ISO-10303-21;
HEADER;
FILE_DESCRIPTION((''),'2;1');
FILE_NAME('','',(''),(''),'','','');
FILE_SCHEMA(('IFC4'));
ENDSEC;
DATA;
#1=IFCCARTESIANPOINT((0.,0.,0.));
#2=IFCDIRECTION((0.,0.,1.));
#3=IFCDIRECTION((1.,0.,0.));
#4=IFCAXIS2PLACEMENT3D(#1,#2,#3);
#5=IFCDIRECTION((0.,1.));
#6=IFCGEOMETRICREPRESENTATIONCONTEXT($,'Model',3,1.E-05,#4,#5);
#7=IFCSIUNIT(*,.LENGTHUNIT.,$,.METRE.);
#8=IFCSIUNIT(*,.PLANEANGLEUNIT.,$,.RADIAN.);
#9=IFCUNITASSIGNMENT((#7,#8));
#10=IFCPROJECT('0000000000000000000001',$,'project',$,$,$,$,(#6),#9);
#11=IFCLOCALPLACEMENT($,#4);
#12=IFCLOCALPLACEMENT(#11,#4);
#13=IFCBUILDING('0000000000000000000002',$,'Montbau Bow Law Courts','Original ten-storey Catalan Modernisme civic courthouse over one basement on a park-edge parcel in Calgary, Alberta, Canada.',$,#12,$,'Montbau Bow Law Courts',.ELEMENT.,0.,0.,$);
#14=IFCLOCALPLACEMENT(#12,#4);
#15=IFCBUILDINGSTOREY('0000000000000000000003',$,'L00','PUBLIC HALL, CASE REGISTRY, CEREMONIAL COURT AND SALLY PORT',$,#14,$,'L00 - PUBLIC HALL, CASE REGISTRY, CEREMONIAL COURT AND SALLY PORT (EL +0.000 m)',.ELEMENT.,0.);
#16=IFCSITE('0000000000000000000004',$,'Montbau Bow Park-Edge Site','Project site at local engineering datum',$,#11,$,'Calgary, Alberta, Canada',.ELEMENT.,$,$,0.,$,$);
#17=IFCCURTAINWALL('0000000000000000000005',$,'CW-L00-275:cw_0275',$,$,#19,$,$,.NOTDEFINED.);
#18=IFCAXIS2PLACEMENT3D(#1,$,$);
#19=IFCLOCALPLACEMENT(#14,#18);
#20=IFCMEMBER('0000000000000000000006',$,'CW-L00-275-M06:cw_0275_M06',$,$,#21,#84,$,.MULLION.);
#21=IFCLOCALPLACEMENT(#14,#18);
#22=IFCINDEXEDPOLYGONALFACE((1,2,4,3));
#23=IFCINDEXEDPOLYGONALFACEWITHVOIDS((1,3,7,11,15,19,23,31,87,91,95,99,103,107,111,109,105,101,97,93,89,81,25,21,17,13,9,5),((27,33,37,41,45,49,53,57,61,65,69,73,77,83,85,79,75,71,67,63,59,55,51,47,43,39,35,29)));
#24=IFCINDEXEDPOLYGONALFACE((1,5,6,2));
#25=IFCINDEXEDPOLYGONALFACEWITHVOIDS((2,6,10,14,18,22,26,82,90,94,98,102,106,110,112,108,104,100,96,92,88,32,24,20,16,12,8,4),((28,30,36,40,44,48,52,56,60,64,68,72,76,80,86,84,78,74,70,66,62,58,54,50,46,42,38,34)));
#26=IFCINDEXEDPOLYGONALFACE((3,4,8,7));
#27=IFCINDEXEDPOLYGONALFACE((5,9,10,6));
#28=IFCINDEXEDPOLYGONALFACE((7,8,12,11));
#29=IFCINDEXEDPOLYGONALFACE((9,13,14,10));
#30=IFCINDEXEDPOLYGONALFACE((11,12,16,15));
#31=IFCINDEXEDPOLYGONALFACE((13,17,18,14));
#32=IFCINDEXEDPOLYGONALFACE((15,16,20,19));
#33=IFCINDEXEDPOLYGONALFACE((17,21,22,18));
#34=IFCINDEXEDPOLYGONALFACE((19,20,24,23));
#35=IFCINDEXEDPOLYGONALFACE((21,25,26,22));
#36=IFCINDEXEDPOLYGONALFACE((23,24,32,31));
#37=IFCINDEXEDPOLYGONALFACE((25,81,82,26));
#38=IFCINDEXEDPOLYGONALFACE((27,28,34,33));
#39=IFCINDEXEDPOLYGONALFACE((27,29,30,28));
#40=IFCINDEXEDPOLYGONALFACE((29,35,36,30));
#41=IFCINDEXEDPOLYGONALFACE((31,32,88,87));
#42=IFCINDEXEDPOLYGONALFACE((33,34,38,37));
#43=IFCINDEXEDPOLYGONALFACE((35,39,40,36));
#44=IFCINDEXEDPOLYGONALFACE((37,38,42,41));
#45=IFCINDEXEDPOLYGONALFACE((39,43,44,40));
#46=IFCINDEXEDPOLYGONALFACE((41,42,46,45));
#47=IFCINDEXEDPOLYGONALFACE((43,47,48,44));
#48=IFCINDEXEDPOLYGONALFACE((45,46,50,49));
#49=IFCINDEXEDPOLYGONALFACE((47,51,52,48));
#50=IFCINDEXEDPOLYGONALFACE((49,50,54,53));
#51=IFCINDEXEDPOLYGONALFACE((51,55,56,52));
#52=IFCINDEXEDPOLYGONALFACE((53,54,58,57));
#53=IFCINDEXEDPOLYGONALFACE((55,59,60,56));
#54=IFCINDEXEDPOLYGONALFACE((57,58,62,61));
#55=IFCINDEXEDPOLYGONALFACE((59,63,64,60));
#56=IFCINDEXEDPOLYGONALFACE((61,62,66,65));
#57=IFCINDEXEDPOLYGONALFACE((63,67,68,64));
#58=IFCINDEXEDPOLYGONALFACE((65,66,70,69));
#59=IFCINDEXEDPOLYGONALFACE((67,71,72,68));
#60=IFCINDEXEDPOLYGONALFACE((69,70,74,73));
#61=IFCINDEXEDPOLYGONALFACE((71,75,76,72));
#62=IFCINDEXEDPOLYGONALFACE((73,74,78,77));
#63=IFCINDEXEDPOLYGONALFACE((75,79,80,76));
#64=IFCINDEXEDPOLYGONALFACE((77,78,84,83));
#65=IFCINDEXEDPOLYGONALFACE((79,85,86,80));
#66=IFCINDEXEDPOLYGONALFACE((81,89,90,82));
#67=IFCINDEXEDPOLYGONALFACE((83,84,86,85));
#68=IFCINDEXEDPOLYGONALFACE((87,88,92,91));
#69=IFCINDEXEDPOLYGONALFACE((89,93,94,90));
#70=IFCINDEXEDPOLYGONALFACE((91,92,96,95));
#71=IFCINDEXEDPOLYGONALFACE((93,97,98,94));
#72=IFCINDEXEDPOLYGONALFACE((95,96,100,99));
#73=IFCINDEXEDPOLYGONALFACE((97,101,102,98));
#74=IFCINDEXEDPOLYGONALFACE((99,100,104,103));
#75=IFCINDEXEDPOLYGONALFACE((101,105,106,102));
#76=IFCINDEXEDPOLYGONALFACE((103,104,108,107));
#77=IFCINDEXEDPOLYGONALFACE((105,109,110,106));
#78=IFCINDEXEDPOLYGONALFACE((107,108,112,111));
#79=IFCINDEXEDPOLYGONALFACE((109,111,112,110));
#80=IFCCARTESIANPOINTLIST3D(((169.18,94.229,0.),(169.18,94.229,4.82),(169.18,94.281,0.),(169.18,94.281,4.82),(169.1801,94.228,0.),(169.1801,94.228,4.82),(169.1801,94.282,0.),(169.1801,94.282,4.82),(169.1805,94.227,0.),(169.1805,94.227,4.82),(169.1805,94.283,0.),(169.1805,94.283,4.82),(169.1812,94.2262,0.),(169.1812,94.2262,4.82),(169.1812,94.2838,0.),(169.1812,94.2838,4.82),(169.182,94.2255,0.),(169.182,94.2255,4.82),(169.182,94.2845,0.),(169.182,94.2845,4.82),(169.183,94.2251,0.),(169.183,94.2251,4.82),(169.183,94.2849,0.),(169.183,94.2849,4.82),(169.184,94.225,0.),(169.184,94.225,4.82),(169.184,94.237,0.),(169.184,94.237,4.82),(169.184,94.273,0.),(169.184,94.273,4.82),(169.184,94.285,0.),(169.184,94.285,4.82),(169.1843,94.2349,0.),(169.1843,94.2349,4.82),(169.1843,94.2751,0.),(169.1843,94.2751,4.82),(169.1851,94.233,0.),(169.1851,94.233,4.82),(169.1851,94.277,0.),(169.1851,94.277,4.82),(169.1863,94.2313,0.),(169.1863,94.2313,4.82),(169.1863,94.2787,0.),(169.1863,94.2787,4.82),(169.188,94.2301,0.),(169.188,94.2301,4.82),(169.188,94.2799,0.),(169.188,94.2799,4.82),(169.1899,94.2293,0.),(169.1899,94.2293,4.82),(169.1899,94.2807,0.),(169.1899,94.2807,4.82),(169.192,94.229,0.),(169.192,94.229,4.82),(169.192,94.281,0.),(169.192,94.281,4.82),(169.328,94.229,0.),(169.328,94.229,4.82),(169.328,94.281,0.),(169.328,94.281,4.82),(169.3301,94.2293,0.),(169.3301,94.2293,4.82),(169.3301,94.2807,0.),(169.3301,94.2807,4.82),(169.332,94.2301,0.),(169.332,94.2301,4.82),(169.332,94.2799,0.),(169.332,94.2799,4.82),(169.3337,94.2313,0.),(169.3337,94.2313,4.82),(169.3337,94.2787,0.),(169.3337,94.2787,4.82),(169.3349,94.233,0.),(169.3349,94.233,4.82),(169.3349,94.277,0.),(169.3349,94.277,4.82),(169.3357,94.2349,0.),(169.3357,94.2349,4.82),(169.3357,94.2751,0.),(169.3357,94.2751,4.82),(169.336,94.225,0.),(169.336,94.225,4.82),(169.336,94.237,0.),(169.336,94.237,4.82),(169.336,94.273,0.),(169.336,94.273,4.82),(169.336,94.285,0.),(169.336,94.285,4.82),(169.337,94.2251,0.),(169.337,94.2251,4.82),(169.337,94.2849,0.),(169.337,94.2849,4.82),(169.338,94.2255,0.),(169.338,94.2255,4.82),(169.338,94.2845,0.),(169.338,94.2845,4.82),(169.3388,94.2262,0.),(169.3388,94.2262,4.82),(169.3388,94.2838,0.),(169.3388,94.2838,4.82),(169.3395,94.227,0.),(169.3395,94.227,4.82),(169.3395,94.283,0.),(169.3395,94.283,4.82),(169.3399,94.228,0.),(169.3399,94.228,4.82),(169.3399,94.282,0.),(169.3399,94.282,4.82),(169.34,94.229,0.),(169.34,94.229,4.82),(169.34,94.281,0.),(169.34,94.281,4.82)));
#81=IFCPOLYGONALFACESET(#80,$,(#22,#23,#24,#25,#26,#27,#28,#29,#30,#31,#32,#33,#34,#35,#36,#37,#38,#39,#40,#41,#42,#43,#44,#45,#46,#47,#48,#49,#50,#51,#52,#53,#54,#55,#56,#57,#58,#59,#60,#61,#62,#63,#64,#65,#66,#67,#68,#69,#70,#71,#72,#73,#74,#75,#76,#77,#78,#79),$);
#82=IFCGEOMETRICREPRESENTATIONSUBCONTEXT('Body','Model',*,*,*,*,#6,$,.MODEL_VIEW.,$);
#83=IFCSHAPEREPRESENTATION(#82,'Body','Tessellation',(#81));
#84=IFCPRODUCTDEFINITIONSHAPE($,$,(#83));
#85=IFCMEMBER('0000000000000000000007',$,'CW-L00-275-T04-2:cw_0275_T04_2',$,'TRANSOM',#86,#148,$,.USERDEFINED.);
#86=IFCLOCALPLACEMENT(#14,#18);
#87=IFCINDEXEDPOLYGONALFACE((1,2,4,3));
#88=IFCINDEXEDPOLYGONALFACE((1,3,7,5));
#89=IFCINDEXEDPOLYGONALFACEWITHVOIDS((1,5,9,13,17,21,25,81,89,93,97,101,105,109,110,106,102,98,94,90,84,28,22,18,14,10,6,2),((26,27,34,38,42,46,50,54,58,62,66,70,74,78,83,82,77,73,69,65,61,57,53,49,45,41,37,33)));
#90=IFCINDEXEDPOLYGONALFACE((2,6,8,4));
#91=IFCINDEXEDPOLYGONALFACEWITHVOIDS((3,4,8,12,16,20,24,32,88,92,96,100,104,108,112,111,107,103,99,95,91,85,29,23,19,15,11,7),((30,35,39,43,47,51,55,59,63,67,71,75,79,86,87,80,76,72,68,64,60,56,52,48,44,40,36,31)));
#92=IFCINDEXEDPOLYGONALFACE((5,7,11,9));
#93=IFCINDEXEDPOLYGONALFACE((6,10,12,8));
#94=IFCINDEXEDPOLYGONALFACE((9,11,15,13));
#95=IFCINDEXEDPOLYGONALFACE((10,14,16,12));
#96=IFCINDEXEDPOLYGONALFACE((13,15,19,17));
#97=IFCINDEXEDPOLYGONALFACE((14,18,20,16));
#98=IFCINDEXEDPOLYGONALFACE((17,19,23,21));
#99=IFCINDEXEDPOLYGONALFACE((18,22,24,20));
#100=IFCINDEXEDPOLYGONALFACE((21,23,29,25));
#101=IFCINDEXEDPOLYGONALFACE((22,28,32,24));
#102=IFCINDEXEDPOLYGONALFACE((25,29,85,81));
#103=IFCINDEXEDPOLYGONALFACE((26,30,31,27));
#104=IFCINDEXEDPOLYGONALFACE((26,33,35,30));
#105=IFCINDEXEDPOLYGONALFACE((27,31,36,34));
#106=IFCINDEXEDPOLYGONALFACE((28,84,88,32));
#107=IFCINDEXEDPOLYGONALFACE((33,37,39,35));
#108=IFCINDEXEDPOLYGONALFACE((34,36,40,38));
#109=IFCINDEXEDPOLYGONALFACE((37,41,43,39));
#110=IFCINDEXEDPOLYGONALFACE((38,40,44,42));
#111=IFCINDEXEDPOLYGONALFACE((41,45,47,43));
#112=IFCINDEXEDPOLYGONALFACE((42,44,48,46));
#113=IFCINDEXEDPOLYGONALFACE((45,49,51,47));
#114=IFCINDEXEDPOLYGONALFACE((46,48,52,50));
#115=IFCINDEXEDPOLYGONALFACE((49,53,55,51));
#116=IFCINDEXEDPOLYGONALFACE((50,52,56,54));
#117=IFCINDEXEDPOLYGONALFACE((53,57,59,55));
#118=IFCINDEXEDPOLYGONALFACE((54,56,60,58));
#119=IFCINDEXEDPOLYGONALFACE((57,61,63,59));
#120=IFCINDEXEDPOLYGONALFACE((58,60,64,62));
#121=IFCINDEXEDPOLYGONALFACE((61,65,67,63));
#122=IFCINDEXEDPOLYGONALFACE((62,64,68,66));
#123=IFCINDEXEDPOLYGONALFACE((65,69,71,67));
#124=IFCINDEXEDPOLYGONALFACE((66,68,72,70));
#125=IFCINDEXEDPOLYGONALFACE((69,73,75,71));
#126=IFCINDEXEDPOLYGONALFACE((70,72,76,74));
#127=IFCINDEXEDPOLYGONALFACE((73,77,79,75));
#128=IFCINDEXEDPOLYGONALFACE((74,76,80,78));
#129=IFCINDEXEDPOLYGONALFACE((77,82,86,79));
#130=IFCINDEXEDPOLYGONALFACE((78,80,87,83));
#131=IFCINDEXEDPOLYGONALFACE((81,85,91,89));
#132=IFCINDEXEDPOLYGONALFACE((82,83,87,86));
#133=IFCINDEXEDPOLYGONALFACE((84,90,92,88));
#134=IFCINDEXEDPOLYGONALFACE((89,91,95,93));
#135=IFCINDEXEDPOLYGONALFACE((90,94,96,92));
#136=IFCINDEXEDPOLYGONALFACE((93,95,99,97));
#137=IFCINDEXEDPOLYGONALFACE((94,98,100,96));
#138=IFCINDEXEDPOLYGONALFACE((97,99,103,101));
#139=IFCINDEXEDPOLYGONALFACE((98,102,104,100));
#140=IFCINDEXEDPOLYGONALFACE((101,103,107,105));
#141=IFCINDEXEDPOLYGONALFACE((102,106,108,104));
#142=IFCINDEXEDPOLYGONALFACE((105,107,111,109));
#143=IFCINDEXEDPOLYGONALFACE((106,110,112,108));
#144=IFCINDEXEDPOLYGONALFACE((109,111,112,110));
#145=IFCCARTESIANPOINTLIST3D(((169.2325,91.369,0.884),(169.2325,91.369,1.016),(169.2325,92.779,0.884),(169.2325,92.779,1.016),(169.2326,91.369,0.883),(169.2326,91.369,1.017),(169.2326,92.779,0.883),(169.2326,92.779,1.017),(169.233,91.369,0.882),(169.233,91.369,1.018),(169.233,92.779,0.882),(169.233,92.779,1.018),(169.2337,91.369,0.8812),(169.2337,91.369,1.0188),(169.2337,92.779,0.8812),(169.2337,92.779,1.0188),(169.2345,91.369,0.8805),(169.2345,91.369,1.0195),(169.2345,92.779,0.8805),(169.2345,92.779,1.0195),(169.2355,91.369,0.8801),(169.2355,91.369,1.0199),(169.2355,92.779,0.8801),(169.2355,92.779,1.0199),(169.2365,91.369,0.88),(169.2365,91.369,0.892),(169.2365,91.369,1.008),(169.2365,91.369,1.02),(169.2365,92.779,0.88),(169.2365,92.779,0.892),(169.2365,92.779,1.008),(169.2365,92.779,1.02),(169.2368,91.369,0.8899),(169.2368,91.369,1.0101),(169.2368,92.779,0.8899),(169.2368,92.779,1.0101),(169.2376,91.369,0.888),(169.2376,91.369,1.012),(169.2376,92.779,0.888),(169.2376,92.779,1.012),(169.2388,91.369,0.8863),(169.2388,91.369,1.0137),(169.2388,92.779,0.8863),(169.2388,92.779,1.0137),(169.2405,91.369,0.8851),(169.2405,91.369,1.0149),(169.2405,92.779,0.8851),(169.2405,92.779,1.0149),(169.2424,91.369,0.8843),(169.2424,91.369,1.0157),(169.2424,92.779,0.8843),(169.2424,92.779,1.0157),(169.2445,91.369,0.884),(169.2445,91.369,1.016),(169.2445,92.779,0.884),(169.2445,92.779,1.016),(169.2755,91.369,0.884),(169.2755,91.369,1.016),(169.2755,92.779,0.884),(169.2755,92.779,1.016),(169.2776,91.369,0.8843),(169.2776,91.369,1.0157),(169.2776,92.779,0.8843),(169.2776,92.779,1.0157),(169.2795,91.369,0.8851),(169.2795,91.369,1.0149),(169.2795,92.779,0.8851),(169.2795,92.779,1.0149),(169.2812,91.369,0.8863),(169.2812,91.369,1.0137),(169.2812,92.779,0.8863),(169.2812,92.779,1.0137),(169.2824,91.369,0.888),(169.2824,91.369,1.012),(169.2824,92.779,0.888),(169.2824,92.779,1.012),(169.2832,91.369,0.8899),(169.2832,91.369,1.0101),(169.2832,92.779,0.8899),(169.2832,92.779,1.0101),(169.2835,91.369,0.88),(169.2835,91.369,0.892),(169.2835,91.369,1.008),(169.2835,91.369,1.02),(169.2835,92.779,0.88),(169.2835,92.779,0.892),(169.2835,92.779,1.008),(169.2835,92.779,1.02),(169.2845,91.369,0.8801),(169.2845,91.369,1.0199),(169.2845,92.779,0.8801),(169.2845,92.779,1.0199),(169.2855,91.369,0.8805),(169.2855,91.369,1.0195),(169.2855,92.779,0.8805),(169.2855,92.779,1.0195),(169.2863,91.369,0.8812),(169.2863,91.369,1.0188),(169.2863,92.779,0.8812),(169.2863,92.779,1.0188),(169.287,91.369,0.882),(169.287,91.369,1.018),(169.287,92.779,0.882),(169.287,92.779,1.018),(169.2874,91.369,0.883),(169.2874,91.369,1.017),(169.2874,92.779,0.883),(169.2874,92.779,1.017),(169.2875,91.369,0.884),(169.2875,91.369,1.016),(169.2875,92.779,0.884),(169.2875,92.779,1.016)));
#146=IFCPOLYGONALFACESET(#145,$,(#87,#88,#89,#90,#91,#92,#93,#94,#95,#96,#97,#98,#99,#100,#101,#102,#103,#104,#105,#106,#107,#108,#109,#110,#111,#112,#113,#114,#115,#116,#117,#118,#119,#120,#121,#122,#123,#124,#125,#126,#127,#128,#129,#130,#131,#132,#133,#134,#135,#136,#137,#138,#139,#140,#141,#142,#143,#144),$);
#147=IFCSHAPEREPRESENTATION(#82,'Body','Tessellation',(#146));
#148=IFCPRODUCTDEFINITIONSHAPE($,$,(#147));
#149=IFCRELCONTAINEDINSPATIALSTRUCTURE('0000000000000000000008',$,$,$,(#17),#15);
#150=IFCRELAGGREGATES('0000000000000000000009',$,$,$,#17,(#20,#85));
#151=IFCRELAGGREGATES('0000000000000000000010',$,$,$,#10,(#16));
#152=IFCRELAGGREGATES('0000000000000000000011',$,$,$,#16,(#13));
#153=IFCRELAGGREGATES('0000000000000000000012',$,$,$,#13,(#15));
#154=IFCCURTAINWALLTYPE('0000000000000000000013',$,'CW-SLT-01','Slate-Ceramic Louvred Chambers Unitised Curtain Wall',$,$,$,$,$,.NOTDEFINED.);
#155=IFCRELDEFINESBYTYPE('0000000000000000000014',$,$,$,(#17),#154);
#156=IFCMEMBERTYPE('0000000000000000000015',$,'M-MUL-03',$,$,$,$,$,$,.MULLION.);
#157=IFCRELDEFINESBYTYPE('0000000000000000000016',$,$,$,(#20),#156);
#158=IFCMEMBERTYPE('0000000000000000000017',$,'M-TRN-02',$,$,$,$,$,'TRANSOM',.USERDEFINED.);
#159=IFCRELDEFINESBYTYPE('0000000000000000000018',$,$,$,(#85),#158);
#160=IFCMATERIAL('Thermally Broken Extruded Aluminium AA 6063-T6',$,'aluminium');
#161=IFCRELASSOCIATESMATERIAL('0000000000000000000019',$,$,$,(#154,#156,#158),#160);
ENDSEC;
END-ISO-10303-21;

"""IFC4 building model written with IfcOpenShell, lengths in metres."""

from ifc_helpers import new_model, si_unit, direction, frame, origin_with_axes, origin_2d_with_axis, place, context, subcontext, project, spatial, hollow_rectangle, extrude, material, material_profile, profile_set, type_object, element, aggregate, save


model = new_model("IFC4")

# Units and contexts
model_context = context("Model", 3, precision=1e-05, world=origin_with_axes(), true_north=direction((0.0, 1.0)))
body_context = subcontext(model_context, "Body", "Model", "MODEL_VIEW")
ifc_project = project(units=[si_unit("LENGTHUNIT", "METRE"), si_unit("PLANEANGLEUNIT", "RADIAN")], contexts=[model_context])

# Site, building, storey
site_placement = place(None, origin_with_axes())
site = spatial("IfcSite", under=ifc_project, at=site_placement, Name="Montbau Bow Park-Edge Site", Description="Project site at local engineering datum", LongName="Calgary, Alberta, Canada", CompositionType="ELEMENT", RefElevation=0.0)
building_placement = place(site_placement, origin_with_axes())
building = spatial("IfcBuilding", under=site, at=building_placement, Name="Montbau Bow Law Courts", Description="Original ten-storey Catalan Modernisme civic courthouse over one basement on a park-edge parcel in Calgary, Alberta, Canada.", LongName="Montbau Bow Law Courts", CompositionType="ELEMENT", ElevationOfRefHeight=0.0, ElevationOfTerrain=0.0)
storey_placement = place(building_placement, origin_with_axes())
storey = spatial("IfcBuildingStorey", under=building, at=storey_placement, Name="L00", Description="PUBLIC HALL, CASE REGISTRY, CEREMONIAL COURT AND SALLY PORT", LongName="L00 - PUBLIC HALL, CASE REGISTRY, CEREMONIAL COURT AND SALLY PORT (EL +0.000 m)", CompositionType="ELEMENT", Elevation=0.0)

# Curtain wall, members
ifc_material_1 = material(Name="Thermally Broken Extruded Aluminium AA 6063-T6", Category="aluminium")
curtain_wall_type = type_object("IfcCurtainWallType", Name="CW-SLT-01", Description="Slate-Ceramic Louvred Chambers Unitised Curtain Wall", PredefinedType="NOTDEFINED", material=ifc_material_1)
curtain_wall_placement = place(None, frame((169.26, 86.915, 0.0), z_axis=(0.0, 0.0, 1.0), x_axis=(1.0, 0.0, 0.0)))
curtain_wall = element("IfcCurtainWall", 1, at=curtain_wall_placement, inside=storey, type_object=curtain_wall_type, Name="CW-L00-275:cw_0275", PredefinedType="NOTDEFINED")
ifc_material_profile_1 = material_profile(ifc_material_1, hollow_rectangle(XDim=0.06, YDim=0.16, WallThickness=0.004, InnerFilletRadius=0.008, OuterFilletRadius=0.004, at=origin_2d_with_axis()), Name="CWM-160X60", Category="Main", Priority=0)
ifc_profile_set_1 = profile_set([ifc_material_profile_1], Name="Thermally Broken Extruded Aluminium AA 6063-T6")
member_type_1 = type_object("IfcMemberType", Name="M-MUL-03", PredefinedType="MULLION", material=ifc_profile_set_1)
member_1_placement = place(None, frame((169.26, 94.255, 0.0), z_axis=(0.0, 0.0, 1.0), x_axis=(0.0, 1.0, 0.0)))
member_1 = element("IfcMember", 2, at=member_1_placement, type_object=member_type_1, Name="CW-L00-275-M06:cw_0275_M06", PredefinedType="MULLION", context=body_context, shape_type="SweptSolid", body=[
    extrude(hollow_rectangle(XDim=0.06, YDim=0.16, WallThickness=0.004, InnerFilletRadius=0.008, OuterFilletRadius=0.004, at=origin_2d_with_axis()), origin_with_axes(), (0.0, 0.0, 1.0), 4.82),
])
ifc_material_profile_2 = material_profile(ifc_material_1, hollow_rectangle(XDim=0.055, YDim=0.14, WallThickness=0.004, InnerFilletRadius=0.008, OuterFilletRadius=0.004, at=origin_2d_with_axis()), Name="CWT-140X55", Category="Main", Priority=0)
ifc_profile_set_2 = profile_set([ifc_material_profile_2], Name="Thermally Broken Extruded Aluminium AA 6063-T6")
member_type_2 = type_object("IfcMemberType", Name="M-TRN-02", ElementType="TRANSOM", PredefinedType="USERDEFINED", material=ifc_profile_set_2)
member_2_placement = place(None, frame((169.26, 91.369, 0.95), z_axis=(0.0, 1.0, 0.0), x_axis=(-1.0, 0.0, 0.0)))
member_2 = element("IfcMember", 3, at=member_2_placement, type_object=member_type_2, Name="CW-L00-275-T04-2:cw_0275_T04_2", ObjectType="TRANSOM", PredefinedType="USERDEFINED", context=body_context, shape_type="SweptSolid", body=[
    extrude(hollow_rectangle(XDim=0.055, YDim=0.14, WallThickness=0.004, InnerFilletRadius=0.008, OuterFilletRadius=0.004, at=origin_2d_with_axis()), origin_with_axes(), (0.0, 0.0, 1.0), 1.41),
])
aggregate(curtain_wall, [member_1, member_2])

save(model, "model.ifc")
